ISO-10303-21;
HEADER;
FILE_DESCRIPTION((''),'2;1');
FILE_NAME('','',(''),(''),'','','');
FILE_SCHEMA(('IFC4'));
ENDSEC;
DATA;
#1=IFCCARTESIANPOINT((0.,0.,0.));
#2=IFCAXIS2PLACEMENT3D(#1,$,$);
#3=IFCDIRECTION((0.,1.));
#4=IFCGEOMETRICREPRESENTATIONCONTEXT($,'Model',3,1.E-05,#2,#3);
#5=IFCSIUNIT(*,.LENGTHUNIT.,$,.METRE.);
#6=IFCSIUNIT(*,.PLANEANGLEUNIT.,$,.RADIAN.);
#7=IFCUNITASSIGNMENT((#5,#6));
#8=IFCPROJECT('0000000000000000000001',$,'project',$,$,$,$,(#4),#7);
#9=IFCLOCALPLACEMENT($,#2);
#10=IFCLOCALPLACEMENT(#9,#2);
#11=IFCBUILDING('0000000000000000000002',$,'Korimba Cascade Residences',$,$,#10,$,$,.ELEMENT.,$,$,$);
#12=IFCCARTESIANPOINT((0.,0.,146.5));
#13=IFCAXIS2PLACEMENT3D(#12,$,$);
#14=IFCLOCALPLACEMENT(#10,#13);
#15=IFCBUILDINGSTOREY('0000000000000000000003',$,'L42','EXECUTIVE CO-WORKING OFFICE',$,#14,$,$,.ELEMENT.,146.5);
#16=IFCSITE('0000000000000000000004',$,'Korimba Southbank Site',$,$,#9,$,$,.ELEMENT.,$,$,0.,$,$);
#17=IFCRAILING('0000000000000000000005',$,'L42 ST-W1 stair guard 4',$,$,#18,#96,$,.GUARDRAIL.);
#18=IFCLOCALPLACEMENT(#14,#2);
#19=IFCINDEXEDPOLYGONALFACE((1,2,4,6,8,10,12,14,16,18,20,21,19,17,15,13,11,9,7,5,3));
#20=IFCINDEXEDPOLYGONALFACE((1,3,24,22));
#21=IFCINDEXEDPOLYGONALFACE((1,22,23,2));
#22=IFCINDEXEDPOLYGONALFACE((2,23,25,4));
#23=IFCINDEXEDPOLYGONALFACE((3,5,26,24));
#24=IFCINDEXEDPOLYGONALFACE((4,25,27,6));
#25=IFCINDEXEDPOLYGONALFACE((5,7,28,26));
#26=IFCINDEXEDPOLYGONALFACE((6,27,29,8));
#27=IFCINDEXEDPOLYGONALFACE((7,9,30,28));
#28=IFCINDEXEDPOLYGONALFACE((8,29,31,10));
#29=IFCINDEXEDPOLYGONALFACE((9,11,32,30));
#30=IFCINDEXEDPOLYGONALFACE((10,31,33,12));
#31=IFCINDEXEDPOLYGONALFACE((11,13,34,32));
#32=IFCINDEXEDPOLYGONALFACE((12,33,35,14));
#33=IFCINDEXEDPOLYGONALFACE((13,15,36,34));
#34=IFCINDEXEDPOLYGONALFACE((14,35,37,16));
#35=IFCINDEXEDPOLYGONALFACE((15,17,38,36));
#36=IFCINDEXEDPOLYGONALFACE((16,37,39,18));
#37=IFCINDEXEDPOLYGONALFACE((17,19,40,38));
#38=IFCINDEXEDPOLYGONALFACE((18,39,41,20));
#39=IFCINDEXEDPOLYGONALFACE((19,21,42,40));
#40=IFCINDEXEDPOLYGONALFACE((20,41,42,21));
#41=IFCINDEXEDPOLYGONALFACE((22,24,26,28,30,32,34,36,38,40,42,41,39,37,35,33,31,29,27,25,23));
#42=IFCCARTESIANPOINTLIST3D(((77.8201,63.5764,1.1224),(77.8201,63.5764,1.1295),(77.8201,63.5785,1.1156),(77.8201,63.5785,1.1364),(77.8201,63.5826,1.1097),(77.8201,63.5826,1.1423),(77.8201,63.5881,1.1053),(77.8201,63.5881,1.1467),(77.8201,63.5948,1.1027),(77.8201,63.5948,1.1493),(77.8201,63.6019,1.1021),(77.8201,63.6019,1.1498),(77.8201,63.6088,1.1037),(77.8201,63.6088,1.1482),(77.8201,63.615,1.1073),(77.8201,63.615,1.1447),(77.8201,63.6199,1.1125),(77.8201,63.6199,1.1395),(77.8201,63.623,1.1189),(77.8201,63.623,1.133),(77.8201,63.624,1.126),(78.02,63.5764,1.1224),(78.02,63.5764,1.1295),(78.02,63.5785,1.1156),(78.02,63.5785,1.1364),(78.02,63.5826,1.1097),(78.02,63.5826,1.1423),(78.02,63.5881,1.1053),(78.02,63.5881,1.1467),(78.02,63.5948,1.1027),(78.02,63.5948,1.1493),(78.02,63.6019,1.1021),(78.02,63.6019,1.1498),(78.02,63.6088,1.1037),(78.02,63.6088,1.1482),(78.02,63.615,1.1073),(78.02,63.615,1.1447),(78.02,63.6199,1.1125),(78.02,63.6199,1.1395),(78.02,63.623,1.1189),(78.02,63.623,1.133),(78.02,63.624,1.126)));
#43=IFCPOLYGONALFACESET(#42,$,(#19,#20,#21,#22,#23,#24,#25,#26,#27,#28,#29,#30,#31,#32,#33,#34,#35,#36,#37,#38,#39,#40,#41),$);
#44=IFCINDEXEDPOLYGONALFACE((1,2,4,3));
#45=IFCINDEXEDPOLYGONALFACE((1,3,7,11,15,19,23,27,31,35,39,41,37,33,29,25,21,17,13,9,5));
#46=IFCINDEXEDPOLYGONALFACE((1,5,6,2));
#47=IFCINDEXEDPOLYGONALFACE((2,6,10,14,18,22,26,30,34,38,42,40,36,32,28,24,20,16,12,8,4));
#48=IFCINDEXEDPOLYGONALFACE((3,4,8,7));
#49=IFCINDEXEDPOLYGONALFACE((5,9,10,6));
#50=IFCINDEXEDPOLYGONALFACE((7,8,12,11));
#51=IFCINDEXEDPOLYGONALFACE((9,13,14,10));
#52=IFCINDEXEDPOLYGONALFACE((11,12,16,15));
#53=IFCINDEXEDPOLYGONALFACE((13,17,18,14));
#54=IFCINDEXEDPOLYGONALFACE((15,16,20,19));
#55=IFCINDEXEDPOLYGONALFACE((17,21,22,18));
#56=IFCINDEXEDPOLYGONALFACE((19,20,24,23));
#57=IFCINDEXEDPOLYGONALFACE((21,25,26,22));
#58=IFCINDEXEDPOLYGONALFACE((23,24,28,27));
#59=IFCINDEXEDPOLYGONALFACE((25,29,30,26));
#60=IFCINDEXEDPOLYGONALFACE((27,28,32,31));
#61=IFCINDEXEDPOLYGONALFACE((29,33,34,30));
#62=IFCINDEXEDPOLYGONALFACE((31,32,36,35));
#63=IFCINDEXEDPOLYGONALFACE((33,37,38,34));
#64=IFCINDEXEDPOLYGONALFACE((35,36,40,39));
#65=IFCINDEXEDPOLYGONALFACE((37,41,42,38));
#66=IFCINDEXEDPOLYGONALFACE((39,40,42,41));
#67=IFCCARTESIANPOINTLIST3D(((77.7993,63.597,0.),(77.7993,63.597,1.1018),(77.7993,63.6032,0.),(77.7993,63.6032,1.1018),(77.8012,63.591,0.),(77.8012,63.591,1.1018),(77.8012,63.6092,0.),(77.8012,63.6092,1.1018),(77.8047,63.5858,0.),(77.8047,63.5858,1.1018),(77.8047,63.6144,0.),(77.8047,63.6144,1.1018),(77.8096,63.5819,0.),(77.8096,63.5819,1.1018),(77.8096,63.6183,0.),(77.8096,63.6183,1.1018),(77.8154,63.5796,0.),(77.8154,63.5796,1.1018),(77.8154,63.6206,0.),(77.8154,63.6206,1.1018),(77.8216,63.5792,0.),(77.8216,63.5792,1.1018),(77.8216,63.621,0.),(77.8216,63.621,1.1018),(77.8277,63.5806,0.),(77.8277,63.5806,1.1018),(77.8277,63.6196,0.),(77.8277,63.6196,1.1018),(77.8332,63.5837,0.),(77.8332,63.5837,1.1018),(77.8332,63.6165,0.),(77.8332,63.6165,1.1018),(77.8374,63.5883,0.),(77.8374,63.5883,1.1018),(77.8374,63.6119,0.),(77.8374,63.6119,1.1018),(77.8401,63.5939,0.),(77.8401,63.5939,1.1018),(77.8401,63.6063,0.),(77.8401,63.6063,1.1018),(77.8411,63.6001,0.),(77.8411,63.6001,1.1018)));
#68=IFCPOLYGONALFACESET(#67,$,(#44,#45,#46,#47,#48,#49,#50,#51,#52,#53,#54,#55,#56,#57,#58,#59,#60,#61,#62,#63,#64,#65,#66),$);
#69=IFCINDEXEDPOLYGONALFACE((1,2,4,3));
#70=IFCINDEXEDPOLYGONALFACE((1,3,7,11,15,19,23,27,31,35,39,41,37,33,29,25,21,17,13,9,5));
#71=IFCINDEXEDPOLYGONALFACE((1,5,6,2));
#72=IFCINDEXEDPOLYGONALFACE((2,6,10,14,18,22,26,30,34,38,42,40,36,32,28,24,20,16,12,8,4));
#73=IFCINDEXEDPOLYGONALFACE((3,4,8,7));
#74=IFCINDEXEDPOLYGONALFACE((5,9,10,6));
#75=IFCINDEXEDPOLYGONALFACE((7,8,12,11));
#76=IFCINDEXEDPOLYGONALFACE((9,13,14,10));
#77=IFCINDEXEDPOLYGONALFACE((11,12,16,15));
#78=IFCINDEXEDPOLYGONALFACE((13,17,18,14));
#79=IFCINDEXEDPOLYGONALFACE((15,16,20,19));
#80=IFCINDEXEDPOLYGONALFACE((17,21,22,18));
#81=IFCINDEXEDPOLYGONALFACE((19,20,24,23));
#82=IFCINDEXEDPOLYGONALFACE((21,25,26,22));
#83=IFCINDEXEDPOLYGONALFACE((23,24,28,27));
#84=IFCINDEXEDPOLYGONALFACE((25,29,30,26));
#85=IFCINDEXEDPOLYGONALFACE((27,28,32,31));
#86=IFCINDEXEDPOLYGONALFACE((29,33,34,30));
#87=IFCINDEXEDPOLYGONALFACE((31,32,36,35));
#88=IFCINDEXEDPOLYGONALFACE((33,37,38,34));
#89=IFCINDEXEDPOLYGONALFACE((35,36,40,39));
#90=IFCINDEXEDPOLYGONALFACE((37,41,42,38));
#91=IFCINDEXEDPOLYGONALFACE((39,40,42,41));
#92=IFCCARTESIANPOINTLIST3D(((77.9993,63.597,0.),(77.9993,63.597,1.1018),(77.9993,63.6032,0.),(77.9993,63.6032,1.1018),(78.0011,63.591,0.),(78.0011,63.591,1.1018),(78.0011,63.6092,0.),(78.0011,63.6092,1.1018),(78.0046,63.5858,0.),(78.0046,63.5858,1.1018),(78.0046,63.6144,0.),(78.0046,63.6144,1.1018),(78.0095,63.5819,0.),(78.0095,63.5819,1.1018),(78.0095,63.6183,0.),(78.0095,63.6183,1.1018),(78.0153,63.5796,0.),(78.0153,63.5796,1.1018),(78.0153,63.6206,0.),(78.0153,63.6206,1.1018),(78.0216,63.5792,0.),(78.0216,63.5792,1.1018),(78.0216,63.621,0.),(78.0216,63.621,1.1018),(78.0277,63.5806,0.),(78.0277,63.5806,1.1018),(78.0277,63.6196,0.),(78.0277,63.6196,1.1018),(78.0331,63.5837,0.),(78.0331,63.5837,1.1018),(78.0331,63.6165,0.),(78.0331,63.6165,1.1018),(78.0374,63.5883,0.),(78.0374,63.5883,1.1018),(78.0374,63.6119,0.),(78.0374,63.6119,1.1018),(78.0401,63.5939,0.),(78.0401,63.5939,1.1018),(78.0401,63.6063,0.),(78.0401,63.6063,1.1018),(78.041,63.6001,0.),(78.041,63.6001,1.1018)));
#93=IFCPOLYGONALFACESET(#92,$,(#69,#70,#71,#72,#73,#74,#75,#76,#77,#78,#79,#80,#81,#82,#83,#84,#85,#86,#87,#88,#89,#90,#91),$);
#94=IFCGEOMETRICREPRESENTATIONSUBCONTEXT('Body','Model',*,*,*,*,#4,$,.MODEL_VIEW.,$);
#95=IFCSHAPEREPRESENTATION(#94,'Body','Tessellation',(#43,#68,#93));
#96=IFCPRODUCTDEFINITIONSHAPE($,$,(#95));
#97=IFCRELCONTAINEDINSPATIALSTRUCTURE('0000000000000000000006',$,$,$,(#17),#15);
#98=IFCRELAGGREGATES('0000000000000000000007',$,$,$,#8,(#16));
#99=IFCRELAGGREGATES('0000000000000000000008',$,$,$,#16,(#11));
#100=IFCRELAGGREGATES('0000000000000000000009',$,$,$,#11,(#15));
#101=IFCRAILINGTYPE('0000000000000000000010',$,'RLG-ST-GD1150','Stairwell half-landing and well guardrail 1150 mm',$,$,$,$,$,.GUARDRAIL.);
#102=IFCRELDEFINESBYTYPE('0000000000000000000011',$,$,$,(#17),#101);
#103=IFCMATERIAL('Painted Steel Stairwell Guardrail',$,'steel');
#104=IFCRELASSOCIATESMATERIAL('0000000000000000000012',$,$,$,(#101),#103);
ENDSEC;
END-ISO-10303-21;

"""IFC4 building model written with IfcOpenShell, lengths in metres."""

from ifc_helpers import new_model, si_unit, direction, frame, origin, origin_2d, place, context, subcontext, project, spatial, circle, extrude, material, type_object, element, save


model = new_model("IFC4")

# Units and contexts
model_context = context("Model", 3, precision=1e-05, world=origin(), true_north=direction((0.0, 1.0)))
body_context = subcontext(model_context, "Body", "Model", "MODEL_VIEW")
ifc_project = project(units=[si_unit("LENGTHUNIT", "METRE"), si_unit("PLANEANGLEUNIT", "RADIAN")], contexts=[model_context])

# Site, building, storey
site_placement = place(None, origin())
site = spatial("IfcSite", under=ifc_project, at=site_placement, Name="Korimba Southbank Site", CompositionType="ELEMENT", RefElevation=0.0)
building_placement = place(site_placement, origin())
building = spatial("IfcBuilding", under=site, at=building_placement, Name="Korimba Cascade Residences", CompositionType="ELEMENT")
storey_placement = place(building_placement, frame((0.0, 0.0, 146.5)))
storey = spatial("IfcBuildingStorey", under=building, at=storey_placement, Name="L42", Description="EXECUTIVE CO-WORKING OFFICE", CompositionType="ELEMENT", Elevation=146.5)

# Railing
ifc_material_1 = material(Name="Painted Steel Stairwell Guardrail", Category="steel")
railing_type = type_object("IfcRailingType", Name="RLG-ST-GD1150", Description="Stairwell half-landing and well guardrail 1150 mm", PredefinedType="GUARDRAIL", material=ifc_material_1)
railing_1_placement = place(storey_placement, frame((77.8201, 63.6001, 0.0)))
element("IfcRailing", 1, at=railing_1_placement, inside=storey, type_object=railing_type, Name="L42 ST-W1 stair guard 4", PredefinedType="GUARDRAIL", context=body_context, shape_type="SweptSolid", body=[
    extrude(circle(Radius=0.0239, at=origin_2d()), frame((0.0, 0.0, 1.126), z_axis=(1.0, 0.0, 0.0), x_axis=(0.0, 1.0, 0.0)), (0.0, 0.0, 1.0), 0.2),
    extrude(circle(Radius=0.021, at=origin_2d()), origin(), (0.0, 0.0, 1.0), 1.1018),
    extrude(circle(Radius=0.021, at=origin_2d()), frame((0.2, 0.0, 0.0)), (0.0, 0.0, 1.0), 1.1018),
])

save(model, "model.ifc")
